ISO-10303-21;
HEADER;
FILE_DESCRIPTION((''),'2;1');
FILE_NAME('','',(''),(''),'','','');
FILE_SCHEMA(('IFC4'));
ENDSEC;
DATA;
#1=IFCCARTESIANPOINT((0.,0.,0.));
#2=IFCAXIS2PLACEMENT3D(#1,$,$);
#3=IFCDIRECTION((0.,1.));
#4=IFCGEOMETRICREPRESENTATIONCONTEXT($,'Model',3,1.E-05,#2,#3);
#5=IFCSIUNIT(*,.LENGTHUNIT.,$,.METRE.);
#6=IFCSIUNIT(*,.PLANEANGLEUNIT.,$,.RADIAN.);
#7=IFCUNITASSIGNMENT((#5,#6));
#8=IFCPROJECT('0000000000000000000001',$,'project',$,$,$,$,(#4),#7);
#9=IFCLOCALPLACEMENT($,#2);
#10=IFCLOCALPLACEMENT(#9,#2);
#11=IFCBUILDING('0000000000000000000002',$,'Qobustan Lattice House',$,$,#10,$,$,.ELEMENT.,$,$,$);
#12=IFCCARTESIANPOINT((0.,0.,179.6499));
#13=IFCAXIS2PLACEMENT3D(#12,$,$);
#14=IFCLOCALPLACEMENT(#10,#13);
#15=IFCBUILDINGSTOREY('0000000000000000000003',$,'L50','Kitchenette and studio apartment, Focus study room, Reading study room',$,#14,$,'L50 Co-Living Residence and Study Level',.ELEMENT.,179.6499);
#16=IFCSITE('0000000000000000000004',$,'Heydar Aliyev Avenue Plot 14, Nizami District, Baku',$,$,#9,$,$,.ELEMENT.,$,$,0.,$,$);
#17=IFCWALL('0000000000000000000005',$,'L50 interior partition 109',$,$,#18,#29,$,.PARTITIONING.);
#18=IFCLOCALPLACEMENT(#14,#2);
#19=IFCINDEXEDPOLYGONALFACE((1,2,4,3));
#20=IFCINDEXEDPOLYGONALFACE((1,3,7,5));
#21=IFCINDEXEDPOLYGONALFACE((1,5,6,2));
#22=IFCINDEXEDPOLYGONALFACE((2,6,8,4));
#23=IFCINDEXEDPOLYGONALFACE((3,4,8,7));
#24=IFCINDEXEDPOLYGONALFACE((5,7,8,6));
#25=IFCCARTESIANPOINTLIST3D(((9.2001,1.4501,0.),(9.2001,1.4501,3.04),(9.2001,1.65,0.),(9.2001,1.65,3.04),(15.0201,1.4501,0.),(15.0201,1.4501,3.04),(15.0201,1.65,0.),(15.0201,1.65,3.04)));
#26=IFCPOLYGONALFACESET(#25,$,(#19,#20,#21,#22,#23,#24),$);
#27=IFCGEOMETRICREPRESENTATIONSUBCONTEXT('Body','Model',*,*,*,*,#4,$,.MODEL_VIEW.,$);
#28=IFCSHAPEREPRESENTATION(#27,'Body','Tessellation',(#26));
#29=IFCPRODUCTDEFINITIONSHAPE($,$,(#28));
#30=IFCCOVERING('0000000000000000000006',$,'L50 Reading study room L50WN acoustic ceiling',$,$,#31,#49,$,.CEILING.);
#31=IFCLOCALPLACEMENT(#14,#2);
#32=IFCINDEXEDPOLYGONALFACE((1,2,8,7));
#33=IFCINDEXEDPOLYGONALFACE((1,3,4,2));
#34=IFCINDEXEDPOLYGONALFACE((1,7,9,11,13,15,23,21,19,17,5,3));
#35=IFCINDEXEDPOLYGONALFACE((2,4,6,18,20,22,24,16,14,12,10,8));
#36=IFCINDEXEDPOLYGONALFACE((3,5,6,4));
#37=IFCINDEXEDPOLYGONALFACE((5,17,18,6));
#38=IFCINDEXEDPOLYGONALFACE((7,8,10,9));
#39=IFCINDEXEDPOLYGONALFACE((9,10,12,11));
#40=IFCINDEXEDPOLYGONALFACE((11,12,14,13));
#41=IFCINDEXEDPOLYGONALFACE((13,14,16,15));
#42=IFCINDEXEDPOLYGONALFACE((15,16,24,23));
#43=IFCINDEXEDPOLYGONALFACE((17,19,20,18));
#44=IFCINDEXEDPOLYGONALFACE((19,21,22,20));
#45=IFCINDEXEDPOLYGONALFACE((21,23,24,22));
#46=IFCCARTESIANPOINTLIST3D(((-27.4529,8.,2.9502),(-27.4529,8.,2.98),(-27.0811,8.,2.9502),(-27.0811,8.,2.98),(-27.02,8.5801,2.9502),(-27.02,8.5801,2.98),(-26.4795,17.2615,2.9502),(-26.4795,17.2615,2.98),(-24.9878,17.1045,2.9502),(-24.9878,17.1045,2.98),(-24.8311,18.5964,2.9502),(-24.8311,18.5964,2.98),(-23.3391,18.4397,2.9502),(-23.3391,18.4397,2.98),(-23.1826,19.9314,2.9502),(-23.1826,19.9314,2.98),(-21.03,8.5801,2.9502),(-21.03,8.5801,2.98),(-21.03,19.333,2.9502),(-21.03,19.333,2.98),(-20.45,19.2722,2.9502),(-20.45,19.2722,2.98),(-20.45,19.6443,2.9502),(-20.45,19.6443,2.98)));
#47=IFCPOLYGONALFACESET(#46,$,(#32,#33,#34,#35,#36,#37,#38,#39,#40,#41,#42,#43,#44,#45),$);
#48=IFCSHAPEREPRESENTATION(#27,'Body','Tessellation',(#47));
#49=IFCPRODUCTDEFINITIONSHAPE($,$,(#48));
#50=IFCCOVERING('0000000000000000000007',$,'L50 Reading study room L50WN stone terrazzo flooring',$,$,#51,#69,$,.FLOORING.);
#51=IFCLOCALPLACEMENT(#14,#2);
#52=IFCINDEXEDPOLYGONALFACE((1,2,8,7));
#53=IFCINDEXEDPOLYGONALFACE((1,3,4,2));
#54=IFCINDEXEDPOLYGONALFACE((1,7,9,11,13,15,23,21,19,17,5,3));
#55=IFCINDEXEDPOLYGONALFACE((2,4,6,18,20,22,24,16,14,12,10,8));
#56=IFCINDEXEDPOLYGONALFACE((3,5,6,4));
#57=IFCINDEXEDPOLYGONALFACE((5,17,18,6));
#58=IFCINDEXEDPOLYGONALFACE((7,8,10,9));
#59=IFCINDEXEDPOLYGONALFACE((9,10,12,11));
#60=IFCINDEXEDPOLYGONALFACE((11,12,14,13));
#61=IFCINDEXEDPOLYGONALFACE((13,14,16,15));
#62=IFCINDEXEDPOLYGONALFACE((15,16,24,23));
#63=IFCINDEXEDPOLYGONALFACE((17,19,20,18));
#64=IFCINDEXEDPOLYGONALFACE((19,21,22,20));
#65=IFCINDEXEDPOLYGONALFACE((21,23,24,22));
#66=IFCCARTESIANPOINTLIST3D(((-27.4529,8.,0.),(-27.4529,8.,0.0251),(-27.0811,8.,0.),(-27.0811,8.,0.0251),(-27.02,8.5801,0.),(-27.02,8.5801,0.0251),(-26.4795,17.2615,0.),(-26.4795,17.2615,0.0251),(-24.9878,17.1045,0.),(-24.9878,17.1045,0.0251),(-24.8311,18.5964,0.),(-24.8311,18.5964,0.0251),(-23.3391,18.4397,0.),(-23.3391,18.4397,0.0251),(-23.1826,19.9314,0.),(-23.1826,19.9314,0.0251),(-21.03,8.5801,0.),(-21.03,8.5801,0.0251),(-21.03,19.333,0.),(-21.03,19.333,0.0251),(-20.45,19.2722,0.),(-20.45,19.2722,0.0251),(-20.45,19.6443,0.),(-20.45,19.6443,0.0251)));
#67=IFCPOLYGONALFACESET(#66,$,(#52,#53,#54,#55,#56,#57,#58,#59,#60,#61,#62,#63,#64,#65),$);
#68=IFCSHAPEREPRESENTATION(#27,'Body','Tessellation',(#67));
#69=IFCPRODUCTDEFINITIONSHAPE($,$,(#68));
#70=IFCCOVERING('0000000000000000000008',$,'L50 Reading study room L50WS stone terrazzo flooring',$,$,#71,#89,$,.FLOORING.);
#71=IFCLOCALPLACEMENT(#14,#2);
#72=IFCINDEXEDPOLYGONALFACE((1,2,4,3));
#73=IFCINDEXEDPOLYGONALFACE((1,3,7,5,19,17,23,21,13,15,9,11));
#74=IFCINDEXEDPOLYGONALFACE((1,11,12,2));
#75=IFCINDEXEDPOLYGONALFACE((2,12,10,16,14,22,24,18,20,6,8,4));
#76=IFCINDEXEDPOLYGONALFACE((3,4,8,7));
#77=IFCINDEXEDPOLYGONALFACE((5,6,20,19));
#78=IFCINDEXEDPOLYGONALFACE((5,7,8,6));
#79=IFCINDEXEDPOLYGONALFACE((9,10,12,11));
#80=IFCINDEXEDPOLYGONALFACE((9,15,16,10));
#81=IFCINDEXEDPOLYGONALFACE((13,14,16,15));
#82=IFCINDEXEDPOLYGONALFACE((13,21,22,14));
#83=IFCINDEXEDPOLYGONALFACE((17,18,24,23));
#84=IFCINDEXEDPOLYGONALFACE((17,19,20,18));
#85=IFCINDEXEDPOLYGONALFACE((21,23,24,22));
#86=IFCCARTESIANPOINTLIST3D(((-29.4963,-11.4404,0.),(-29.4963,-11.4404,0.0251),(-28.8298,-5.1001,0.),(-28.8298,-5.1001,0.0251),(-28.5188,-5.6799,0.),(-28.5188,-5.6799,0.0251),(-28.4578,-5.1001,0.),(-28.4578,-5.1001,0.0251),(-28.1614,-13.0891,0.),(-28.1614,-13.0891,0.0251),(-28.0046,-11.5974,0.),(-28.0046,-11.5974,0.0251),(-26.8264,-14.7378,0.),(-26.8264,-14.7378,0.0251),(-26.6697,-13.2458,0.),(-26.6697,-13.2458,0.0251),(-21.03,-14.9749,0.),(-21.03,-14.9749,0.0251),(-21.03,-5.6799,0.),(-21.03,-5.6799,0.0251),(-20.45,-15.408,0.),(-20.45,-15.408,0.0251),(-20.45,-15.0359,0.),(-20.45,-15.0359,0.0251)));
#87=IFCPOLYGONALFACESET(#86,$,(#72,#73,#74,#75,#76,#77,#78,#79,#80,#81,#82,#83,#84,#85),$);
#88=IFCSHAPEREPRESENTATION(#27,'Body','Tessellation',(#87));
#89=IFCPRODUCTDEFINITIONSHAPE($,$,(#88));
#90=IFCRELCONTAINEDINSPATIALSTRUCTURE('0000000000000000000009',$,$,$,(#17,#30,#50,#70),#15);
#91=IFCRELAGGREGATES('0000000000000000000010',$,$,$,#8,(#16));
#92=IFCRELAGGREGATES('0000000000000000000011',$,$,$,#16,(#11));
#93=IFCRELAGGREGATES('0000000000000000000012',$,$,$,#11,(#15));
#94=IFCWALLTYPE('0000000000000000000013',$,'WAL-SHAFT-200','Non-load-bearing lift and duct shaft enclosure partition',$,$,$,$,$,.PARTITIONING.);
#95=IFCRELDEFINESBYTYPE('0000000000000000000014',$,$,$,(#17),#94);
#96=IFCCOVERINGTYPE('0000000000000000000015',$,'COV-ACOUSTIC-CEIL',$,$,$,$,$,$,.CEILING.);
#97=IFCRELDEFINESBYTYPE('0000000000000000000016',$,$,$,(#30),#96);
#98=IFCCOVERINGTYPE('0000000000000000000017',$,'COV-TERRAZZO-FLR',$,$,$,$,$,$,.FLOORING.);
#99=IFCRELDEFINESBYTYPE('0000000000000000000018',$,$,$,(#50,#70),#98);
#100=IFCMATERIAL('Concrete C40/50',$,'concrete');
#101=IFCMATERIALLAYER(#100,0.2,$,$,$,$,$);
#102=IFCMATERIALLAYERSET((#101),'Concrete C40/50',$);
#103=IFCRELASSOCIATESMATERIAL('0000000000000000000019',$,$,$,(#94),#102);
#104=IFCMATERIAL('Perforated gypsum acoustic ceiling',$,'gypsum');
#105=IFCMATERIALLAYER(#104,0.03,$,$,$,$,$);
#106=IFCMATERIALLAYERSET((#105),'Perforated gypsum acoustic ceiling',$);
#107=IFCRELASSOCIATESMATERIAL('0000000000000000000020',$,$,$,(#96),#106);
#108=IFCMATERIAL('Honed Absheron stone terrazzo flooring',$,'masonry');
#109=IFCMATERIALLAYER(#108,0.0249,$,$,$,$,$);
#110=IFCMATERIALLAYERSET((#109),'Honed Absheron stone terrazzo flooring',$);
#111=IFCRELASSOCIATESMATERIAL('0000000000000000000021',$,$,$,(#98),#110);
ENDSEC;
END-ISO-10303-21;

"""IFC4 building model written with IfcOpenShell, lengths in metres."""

from ifc_helpers import new_model, si_unit, direction, frame, frame_2d, origin, place, context, subcontext, project, spatial, polyline, rectangle, outline, extrude, material, layer, layer_set, type_object, element, save


model = new_model("IFC4")

# Units and contexts
model_context = context("Model", 3, precision=1e-05, world=origin(), true_north=direction((0.0, 1.0)))
body_context = subcontext(model_context, "Body", "Model", "MODEL_VIEW")
ifc_project = project(units=[si_unit("LENGTHUNIT", "METRE"), si_unit("PLANEANGLEUNIT", "RADIAN")], contexts=[model_context])

# Site, building, storey
site_placement = place(None, origin())
site = spatial("IfcSite", under=ifc_project, at=site_placement, Name="Heydar Aliyev Avenue Plot 14, Nizami District, Baku", CompositionType="ELEMENT", RefElevation=0.0)
building_placement = place(site_placement, origin())
building = spatial("IfcBuilding", under=site, at=building_placement, Name="Qobustan Lattice House", CompositionType="ELEMENT")
storey_placement = place(building_placement, frame((0.0, 0.0, 179.6499)))
storey = spatial("IfcBuildingStorey", under=building, at=storey_placement, Name="L50", Description="Kitchenette and studio apartment, Focus study room, Reading study room", LongName="L50 Co-Living Residence and Study Level", CompositionType="ELEMENT", Elevation=179.6499)

# Wall
ifc_material_1 = material(Name="Concrete C40/50", Category="concrete")
ifc_layer_1 = layer(ifc_material_1, 0.2)
ifc_layer_set_1 = layer_set([ifc_layer_1], Name="Concrete C40/50")
wall_type_1 = type_object("IfcWallType", Name="WAL-SHAFT-200", Description="Non-load-bearing lift and duct shaft enclosure partition", PredefinedType="PARTITIONING", material=ifc_layer_set_1)
wall_1_placement = place(storey_placement, frame((9.2, 1.55, 0.0), z_axis=(0.0, 0.0, 1.0), x_axis=(1.0, 0.0, 0.0)))
element("IfcWall", 1, at=wall_1_placement, inside=storey, type_object=wall_type_1, Name="L50 interior partition 109", PredefinedType="PARTITIONING", context=body_context, shape_type="SweptSolid", body=[
    extrude(rectangle(XDim=5.8201, YDim=0.2, at=frame_2d((2.9102, 0.0))), origin(), (0.0, 0.0, 1.0), 3.04),
])

# Coverings
ifc_material_2 = material(Name="Perforated gypsum acoustic ceiling", Category="gypsum")
ifc_layer_2 = layer(ifc_material_2, 0.03)
ifc_layer_set_2 = layer_set([ifc_layer_2], Name="Perforated gypsum acoustic ceiling")
covering_type_1 = type_object("IfcCoveringType", Name="COV-ACOUSTIC-CEIL", PredefinedType="CEILING", material=ifc_layer_set_2)
covering_1_placement = place(storey_placement, frame((0.0, 0.0, 2.9502)))
element("IfcCovering", 2, at=covering_1_placement, inside=storey, type_object=covering_type_1, Name="L50 Reading study room L50WN acoustic ceiling", PredefinedType="CEILING", context=body_context, shape_type="SweptSolid", body=[
    extrude(outline(polyline([(-26.4795, 17.2615), (-27.4529, 8.0), (-27.0811, 8.0), (-27.02, 8.5801), (-21.03, 8.5801), (-21.03, 19.333), (-20.45, 19.2722), (-20.45, 19.6443), (-23.1826, 19.9314), (-23.3391, 18.4397), (-24.8311, 18.5964), (-24.9878, 17.1045), (-26.4795, 17.2615)])), origin(), (0.0, 0.0, 1.0), 0.0298),
])
ifc_material_3 = material(Name="Honed Absheron stone terrazzo flooring", Category="masonry")
ifc_layer_3 = layer(ifc_material_3, 0.0249)
ifc_layer_set_3 = layer_set([ifc_layer_3], Name="Honed Absheron stone terrazzo flooring")
covering_type_2 = type_object("IfcCoveringType", Name="COV-TERRAZZO-FLR", PredefinedType="FLOORING", material=ifc_layer_set_3)
covering_2_placement = place(storey_placement, origin())
element("IfcCovering", 3, at=covering_2_placement, inside=storey, type_object=covering_type_2, Name="L50 Reading study room L50WN stone terrazzo flooring", PredefinedType="FLOORING", context=body_context, shape_type="SweptSolid", body=[
    extrude(outline(polyline([(-26.4795, 17.2615), (-27.4529, 8.0), (-27.0811, 8.0), (-27.02, 8.5801), (-21.03, 8.5801), (-21.03, 19.333), (-20.45, 19.2722), (-20.45, 19.6443), (-23.1826, 19.9314), (-23.3391, 18.4397), (-24.8311, 18.5964), (-24.9878, 17.1045), (-26.4795, 17.2615)])), origin(), (0.0, 0.0, 1.0), 0.0251),
])
covering_3_placement = place(storey_placement, origin())
element("IfcCovering", 4, at=covering_3_placement, inside=storey, type_object=covering_type_2, Name="L50 Reading study room L50WS stone terrazzo flooring", PredefinedType="FLOORING", context=body_context, shape_type="SweptSolid", body=[
    extrude(outline(polyline([(-26.8264, -14.7378), (-20.45, -15.408), (-20.45, -15.0359), (-21.03, -14.9749), (-21.03, -5.6799), (-28.5188, -5.6799), (-28.4578, -5.1001), (-28.8298, -5.1001), (-29.4963, -11.4404), (-28.0046, -11.5974), (-28.1614, -13.0891), (-26.6697, -13.2458), (-26.8264, -14.7378)])), origin(), (0.0, 0.0, 1.0), 0.0251),
])

save(model, "model.ifc")
